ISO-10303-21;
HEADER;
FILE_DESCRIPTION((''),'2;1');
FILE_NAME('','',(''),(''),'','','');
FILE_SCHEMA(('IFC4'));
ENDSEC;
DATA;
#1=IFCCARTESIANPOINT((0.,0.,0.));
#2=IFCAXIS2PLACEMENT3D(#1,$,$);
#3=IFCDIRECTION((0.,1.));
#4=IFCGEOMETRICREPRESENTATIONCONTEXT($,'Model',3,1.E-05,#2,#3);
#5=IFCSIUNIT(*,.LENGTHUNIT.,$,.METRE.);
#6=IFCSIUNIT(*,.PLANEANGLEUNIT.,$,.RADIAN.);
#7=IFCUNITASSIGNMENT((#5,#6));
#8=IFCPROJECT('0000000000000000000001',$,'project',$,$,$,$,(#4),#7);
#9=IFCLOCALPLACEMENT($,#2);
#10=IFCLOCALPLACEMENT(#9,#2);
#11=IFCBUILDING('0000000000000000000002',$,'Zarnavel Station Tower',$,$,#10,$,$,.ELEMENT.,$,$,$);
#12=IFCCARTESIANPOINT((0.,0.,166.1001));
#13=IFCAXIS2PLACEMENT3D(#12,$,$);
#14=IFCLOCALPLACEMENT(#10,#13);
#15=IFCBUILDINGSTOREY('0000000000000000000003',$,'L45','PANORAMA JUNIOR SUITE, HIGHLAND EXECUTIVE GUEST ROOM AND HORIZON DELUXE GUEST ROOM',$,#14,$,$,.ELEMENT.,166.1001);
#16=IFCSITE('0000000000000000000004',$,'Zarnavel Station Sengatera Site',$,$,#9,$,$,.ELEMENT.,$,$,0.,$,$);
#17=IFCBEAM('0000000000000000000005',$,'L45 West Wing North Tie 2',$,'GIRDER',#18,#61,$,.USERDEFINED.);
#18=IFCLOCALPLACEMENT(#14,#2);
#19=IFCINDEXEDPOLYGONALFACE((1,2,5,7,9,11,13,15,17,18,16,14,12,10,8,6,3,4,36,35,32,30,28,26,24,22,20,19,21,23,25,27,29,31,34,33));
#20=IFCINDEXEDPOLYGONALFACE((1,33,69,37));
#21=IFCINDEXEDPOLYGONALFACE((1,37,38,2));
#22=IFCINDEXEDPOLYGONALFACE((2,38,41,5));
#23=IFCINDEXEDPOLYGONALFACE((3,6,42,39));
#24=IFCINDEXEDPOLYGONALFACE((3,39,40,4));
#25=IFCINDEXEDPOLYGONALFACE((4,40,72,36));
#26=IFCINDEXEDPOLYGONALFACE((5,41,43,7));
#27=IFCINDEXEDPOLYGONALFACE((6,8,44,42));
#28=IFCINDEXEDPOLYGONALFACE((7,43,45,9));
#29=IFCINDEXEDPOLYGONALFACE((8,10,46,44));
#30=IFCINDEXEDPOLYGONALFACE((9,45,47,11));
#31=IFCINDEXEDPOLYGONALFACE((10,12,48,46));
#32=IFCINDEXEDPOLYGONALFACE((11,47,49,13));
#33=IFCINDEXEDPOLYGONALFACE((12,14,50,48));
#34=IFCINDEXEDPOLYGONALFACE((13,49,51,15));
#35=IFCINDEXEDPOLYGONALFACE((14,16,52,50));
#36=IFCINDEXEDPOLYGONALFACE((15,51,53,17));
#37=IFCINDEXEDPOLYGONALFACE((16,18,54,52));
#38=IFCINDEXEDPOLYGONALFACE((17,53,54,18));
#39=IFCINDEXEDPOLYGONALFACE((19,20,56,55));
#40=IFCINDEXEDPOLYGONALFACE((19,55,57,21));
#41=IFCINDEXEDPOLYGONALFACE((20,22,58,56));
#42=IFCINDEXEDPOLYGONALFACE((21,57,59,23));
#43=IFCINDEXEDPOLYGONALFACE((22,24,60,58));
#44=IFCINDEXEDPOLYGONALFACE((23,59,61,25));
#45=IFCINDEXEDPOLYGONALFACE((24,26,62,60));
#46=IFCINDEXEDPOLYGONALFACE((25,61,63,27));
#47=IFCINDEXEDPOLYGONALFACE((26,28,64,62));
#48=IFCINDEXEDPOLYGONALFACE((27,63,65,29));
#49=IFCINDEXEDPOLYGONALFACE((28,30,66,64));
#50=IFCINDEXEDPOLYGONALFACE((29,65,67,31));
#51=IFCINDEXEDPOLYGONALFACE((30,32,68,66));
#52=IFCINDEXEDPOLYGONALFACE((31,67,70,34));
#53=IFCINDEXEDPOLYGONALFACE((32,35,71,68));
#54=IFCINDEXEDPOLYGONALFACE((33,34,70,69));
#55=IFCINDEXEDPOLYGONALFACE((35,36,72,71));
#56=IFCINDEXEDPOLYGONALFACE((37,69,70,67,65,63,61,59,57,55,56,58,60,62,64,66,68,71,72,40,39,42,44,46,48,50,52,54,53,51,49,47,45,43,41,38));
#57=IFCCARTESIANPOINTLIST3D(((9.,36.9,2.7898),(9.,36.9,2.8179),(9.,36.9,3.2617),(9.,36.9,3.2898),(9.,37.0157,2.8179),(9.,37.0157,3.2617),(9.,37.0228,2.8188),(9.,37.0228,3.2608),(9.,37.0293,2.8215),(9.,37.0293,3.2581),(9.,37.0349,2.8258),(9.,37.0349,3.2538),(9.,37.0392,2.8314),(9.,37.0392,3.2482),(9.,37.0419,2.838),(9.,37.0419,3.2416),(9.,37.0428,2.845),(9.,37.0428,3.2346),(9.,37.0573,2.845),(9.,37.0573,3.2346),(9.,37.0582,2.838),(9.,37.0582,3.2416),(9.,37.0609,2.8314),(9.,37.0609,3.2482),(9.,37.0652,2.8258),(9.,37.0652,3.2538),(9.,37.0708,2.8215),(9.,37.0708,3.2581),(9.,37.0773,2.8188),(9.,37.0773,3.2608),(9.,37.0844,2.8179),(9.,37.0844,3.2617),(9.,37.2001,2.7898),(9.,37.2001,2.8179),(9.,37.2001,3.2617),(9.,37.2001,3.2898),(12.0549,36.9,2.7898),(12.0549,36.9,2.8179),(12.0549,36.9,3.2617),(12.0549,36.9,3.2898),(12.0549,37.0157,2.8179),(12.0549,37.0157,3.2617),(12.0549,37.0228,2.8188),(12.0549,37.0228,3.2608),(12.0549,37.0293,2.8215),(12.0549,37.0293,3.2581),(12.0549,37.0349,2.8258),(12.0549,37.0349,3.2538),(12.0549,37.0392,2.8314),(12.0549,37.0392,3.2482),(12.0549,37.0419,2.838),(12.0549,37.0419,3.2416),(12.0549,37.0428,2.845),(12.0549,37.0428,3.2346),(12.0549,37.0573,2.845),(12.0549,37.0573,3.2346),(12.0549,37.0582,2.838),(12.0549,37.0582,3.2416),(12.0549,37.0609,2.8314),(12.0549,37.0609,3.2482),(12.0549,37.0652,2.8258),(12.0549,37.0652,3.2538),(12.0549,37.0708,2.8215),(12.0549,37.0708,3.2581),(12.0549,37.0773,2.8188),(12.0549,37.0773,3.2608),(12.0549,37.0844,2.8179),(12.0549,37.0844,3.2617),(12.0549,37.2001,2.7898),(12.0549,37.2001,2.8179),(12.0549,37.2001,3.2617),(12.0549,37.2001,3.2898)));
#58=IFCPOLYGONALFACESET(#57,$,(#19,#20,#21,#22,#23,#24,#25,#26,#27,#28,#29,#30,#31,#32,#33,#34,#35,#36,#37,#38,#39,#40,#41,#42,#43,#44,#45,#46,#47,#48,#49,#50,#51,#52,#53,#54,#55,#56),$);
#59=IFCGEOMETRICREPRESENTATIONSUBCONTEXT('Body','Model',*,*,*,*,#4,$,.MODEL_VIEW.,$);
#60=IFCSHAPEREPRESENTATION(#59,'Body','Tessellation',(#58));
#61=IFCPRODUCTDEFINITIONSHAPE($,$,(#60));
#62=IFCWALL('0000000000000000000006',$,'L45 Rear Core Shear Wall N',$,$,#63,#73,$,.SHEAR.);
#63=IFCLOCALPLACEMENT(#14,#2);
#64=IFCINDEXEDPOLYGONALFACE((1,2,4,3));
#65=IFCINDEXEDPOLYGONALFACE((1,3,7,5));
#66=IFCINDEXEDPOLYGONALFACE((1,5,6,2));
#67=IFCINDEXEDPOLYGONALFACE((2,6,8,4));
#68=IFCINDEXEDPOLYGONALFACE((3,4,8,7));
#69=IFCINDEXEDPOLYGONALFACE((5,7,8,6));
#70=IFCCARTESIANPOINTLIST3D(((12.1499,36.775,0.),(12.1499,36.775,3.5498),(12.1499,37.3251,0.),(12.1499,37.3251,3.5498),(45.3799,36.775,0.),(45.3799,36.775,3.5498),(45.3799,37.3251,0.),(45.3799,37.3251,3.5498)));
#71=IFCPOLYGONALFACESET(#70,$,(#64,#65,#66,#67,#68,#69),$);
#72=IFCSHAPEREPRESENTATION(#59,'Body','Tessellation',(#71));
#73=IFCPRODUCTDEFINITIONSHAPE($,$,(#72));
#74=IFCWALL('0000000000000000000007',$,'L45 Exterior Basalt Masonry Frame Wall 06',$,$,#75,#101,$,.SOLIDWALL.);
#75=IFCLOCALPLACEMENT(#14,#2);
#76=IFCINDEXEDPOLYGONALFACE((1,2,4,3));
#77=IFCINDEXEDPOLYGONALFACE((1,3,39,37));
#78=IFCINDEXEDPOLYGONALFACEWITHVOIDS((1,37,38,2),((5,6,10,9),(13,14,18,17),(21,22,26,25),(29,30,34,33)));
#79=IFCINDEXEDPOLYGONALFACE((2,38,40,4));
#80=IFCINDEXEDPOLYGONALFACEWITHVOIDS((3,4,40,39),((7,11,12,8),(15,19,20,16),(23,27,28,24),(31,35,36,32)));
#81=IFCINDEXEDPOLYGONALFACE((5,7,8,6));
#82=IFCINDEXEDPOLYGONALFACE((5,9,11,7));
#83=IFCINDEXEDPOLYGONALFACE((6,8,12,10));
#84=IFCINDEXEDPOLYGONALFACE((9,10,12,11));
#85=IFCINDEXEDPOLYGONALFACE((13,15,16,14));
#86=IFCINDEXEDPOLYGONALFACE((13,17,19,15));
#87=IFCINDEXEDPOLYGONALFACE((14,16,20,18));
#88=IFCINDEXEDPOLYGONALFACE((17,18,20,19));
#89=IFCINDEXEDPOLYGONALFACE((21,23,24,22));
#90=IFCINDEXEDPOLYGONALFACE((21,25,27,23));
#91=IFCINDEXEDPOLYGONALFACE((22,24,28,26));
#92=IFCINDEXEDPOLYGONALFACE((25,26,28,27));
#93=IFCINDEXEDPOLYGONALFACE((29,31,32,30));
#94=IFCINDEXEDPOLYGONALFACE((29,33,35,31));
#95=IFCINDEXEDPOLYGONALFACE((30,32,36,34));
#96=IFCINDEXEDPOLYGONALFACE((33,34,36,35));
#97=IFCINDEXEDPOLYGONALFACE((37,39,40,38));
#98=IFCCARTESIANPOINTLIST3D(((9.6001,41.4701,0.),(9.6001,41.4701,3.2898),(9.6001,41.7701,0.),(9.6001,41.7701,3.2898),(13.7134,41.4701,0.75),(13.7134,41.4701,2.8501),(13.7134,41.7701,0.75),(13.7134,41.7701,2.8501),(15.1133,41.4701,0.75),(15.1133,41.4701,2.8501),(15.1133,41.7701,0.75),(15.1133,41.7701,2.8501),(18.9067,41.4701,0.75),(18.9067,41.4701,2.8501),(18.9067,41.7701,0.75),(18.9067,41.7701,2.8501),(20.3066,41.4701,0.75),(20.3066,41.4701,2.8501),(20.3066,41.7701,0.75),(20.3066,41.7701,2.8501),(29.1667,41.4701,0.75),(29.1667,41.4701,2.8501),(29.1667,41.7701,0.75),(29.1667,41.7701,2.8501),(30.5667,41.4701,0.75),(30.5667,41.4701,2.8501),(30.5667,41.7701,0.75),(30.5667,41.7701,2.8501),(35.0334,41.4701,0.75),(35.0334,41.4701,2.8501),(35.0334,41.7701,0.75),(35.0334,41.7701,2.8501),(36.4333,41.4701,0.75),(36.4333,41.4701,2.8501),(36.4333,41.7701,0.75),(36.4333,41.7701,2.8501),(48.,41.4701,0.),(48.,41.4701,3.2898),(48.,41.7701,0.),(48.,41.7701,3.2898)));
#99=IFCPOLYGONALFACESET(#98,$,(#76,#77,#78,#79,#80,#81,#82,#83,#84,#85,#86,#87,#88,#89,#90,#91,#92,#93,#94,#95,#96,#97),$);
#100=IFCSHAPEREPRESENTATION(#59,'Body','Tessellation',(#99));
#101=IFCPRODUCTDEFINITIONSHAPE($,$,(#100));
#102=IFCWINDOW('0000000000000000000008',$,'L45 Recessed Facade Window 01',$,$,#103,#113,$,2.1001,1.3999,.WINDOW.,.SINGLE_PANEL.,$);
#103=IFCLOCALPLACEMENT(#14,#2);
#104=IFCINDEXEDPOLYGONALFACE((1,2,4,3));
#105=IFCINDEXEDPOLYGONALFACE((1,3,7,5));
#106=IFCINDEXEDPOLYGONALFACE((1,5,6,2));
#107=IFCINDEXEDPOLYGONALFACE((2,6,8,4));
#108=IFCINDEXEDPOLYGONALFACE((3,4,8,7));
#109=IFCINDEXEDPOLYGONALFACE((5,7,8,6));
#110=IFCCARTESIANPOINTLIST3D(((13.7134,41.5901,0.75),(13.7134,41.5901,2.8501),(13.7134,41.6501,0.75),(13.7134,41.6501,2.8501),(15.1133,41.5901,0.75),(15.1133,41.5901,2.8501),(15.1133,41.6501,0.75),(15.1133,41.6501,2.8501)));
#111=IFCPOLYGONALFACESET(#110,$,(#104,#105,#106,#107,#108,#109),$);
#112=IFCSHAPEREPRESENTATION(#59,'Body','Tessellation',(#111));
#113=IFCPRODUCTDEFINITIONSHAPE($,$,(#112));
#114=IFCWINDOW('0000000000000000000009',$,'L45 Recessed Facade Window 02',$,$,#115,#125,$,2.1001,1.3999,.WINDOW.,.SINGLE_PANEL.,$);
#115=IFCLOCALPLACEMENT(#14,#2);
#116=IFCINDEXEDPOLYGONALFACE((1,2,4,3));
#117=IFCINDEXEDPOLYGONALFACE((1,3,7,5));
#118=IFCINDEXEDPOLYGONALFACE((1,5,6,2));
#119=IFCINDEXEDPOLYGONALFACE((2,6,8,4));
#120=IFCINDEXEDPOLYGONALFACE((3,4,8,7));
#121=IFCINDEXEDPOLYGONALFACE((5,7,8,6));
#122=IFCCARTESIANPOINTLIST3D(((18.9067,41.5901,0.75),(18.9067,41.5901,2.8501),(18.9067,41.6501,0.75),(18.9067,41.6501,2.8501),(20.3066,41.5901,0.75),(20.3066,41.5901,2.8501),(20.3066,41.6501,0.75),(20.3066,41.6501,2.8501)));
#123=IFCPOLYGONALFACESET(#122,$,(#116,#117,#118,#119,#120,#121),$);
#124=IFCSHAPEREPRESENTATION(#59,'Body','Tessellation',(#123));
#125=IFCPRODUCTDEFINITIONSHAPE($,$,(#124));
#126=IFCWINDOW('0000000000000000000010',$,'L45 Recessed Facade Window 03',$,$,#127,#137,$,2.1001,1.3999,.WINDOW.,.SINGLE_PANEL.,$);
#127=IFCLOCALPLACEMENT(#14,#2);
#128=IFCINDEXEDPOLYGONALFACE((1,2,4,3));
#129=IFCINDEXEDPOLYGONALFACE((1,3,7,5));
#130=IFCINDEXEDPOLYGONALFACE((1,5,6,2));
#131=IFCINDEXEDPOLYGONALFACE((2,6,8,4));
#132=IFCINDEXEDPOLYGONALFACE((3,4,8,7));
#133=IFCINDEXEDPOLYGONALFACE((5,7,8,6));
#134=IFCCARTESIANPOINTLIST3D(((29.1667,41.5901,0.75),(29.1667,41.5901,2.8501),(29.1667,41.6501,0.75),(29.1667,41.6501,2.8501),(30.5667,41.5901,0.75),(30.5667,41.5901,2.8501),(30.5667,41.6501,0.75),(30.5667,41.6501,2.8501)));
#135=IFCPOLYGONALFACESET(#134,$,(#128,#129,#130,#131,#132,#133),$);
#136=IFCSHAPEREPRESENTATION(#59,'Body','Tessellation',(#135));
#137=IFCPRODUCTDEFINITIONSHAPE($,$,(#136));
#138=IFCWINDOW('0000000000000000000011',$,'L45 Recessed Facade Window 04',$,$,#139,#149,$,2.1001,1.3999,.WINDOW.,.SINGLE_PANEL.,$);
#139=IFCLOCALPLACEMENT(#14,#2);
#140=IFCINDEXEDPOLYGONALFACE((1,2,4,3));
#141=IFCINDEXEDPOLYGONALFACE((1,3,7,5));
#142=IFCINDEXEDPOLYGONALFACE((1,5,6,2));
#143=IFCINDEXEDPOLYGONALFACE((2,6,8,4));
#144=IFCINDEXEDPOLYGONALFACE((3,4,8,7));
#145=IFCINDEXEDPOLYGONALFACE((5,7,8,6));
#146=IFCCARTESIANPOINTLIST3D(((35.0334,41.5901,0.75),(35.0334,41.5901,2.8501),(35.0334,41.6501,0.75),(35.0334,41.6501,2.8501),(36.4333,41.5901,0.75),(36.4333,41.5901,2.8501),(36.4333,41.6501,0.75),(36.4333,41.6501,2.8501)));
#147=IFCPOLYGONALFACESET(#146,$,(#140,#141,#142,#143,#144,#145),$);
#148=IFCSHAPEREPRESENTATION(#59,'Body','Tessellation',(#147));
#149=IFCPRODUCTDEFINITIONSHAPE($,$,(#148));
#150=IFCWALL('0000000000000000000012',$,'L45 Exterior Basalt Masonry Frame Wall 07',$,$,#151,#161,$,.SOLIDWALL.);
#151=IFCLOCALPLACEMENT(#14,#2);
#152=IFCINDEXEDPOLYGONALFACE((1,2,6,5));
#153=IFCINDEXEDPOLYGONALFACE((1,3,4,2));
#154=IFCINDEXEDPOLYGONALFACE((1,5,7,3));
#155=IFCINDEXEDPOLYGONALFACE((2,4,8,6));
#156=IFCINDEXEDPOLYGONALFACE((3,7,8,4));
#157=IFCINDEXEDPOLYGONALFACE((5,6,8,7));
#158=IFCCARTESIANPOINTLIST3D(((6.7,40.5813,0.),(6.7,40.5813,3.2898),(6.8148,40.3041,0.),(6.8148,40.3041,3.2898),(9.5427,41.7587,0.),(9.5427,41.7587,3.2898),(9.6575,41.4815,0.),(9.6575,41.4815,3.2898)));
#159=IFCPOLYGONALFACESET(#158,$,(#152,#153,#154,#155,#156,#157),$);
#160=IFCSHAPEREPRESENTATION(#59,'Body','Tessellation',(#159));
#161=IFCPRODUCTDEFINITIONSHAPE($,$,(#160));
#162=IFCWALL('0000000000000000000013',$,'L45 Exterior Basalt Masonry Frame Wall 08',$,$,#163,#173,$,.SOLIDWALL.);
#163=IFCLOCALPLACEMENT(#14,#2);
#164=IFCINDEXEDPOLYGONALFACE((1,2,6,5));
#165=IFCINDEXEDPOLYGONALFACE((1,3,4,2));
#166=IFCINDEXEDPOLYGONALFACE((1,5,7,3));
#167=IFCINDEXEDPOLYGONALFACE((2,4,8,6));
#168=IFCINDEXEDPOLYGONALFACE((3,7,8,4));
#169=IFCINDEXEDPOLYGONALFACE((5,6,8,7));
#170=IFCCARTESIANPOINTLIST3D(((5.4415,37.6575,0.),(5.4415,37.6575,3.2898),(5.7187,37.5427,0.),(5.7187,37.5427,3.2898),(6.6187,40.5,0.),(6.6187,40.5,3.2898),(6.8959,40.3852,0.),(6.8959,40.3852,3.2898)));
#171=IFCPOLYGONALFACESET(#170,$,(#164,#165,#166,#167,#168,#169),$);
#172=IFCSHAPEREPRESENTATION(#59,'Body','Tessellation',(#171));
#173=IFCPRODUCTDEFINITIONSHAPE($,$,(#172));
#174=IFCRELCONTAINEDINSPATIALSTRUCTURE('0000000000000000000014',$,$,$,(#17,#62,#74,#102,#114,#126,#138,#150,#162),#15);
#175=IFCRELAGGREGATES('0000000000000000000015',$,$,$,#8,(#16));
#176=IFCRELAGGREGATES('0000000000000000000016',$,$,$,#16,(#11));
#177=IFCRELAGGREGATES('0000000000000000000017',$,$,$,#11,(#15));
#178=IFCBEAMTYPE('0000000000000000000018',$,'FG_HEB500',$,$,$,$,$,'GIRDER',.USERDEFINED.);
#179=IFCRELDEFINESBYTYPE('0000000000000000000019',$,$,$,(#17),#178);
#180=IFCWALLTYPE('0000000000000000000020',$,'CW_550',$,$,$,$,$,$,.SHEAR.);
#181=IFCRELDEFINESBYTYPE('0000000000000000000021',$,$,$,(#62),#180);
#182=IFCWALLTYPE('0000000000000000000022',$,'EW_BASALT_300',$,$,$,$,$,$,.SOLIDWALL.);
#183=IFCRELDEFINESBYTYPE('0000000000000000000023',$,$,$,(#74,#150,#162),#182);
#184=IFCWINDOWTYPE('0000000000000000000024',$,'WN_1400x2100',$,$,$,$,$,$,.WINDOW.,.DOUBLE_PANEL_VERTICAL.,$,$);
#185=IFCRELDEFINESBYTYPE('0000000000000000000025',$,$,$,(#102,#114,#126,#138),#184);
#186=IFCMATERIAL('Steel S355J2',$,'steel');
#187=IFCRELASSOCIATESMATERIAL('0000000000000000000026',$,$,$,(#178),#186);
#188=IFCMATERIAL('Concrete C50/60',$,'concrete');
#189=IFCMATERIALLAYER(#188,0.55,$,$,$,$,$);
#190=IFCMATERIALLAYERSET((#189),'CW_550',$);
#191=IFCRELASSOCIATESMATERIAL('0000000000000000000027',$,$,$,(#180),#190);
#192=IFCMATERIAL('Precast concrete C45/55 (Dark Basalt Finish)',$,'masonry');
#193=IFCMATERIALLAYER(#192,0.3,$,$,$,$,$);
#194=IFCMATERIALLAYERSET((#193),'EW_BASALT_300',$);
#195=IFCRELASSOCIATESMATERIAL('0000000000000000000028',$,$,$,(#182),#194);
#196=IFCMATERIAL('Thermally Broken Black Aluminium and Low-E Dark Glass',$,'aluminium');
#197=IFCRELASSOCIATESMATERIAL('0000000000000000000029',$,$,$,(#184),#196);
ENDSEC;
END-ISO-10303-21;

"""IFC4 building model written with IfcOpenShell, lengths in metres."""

from ifc_helpers import new_model, si_unit, direction, frame, frame_2d, origin, origin_2d, place, context, subcontext, project, spatial, rectangle, i_section, extrude, material, layer, layer_set, material_profile, profile_set, type_object, element, fill, save


model = new_model("IFC4")

# Units and contexts
model_context = context("Model", 3, precision=1e-05, world=origin(), true_north=direction((0.0, 1.0)))
body_context = subcontext(model_context, "Body", "Model", "MODEL_VIEW")
ifc_project = project(units=[si_unit("LENGTHUNIT", "METRE"), si_unit("PLANEANGLEUNIT", "RADIAN")], contexts=[model_context])

# Site, building, storey
site_placement = place(None, origin())
site = spatial("IfcSite", under=ifc_project, at=site_placement, Name="Zarnavel Station Sengatera Site", CompositionType="ELEMENT", RefElevation=0.0)
building_placement = place(site_placement, origin())
building = spatial("IfcBuilding", under=site, at=building_placement, Name="Zarnavel Station Tower", CompositionType="ELEMENT")
storey_placement = place(building_placement, frame((0.0, 0.0, 166.1001)))
storey = spatial("IfcBuildingStorey", under=building, at=storey_placement, Name="L45", Description="PANORAMA JUNIOR SUITE, HIGHLAND EXECUTIVE GUEST ROOM AND HORIZON DELUXE GUEST ROOM", CompositionType="ELEMENT", Elevation=166.1001)

# Beam
ifc_material_1 = material(Name="Steel S355J2", Category="steel")
ifc_material_profile_1 = material_profile(ifc_material_1, i_section(OverallWidth=0.3, OverallDepth=0.5, WebThickness=0.0144, FlangeThickness=0.0281, FilletRadius=0.0271, at=origin_2d()), Name="HEB500")
ifc_profile_set_1 = profile_set([ifc_material_profile_1], Name="Steel S355J2")
beam_type = type_object("IfcBeamType", Name="FG_HEB500", ElementType="GIRDER", PredefinedType="USERDEFINED", material=ifc_profile_set_1)
beam_1_placement = place(storey_placement, frame((9.0, 37.05, 3.0398), z_axis=(1.0, 0.0, 0.0), x_axis=(0.0, 1.0, 0.0)))
element("IfcBeam", 1, at=beam_1_placement, inside=storey, type_object=beam_type, Name="L45 West Wing North Tie 2", ObjectType="GIRDER", PredefinedType="USERDEFINED", context=body_context, shape_type="SweptSolid", body=[
    extrude(i_section(OverallWidth=0.3, OverallDepth=0.5, WebThickness=0.0144, FlangeThickness=0.0281, FilletRadius=0.0271, at=origin_2d()), origin(), (0.0, 0.0, 1.0), 3.0549),
])

# Wall
ifc_material_2 = material(Name="Concrete C50/60", Category="concrete")
ifc_layer_1 = layer(ifc_material_2, 0.55)
ifc_layer_set_1 = layer_set([ifc_layer_1], Name="CW_550")
wall_type_1 = type_object("IfcWallType", Name="CW_550", PredefinedType="SHEAR", material=ifc_layer_set_1)
wall_1_placement = place(storey_placement, frame((12.1499, 37.05, 0.0), z_axis=(0.0, 0.0, 1.0), x_axis=(1.0, 0.0, 0.0)))
element("IfcWall", 2, at=wall_1_placement, inside=storey, type_object=wall_type_1, Name="L45 Rear Core Shear Wall N", PredefinedType="SHEAR", context=body_context, shape_type="SweptSolid", body=[
    extrude(rectangle(XDim=33.23, YDim=0.55, at=frame_2d((16.615, 0.0))), origin(), (0.0, 0.0, 1.0), 3.5498),
])

# Wall, openings, windows
ifc_material_3 = material(Name="Precast concrete C45/55 (Dark Basalt Finish)", Category="masonry")
ifc_layer_2 = layer(ifc_material_3, 0.3)
ifc_layer_set_2 = layer_set([ifc_layer_2], Name="EW_BASALT_300")
wall_type_2 = type_object("IfcWallType", Name="EW_BASALT_300", PredefinedType="SOLIDWALL", material=ifc_layer_set_2)
wall_2_placement = place(storey_placement, frame((9.6001, 41.6201, 0.0), z_axis=(0.0, 0.0, 1.0), x_axis=(1.0, 0.0, 0.0)))
wall_2 = element("IfcWall", 3, at=wall_2_placement, inside=storey, type_object=wall_type_2, Name="L45 Exterior Basalt Masonry Frame Wall 06", PredefinedType="SOLIDWALL", context=body_context, shape_type="SweptSolid", body=[
    extrude(rectangle(XDim=38.3999, YDim=0.3, at=frame_2d((19.2, 0.0))), origin(), (0.0, 0.0, 1.0), 3.2898),
])
opening_1_placement = place(wall_2_placement, frame((4.1133, 0.0, 0.75)))
opening_1 = element("IfcOpeningElement", 4, at=opening_1_placement, cuts=wall_2, PredefinedType="OPENING", context=body_context, shape_type="SweptSolid", body=[
    extrude(rectangle(XDim=1.3999, YDim=2.1001, at=frame_2d((0.7, 1.05))), frame((0.0, 0.1599, 0.0), z_axis=(0.0, -1.0, 0.0), x_axis=(1.0, 0.0, 0.0)), (0.0, 0.0, 1.0), 0.3201),
])
opening_2_placement = place(wall_2_placement, frame((9.3066, 0.0, 0.75)))
opening_2 = element("IfcOpeningElement", 5, at=opening_2_placement, cuts=wall_2, PredefinedType="OPENING", context=body_context, shape_type="SweptSolid", body=[
    extrude(rectangle(XDim=1.3999, YDim=2.1001, at=frame_2d((0.7, 1.05))), frame((0.0, 0.1599, 0.0), z_axis=(0.0, -1.0, 0.0), x_axis=(1.0, 0.0, 0.0)), (0.0, 0.0, 1.0), 0.3201),
])
opening_3_placement = place(wall_2_placement, frame((19.5667, 0.0, 0.75)))
opening_3 = element("IfcOpeningElement", 6, at=opening_3_placement, cuts=wall_2, PredefinedType="OPENING", context=body_context, shape_type="SweptSolid", body=[
    extrude(rectangle(XDim=1.3999, YDim=2.1001, at=frame_2d((0.7, 1.05))), frame((0.0, 0.1599, 0.0), z_axis=(0.0, -1.0, 0.0), x_axis=(1.0, 0.0, 0.0)), (0.0, 0.0, 1.0), 0.3201),
])
opening_4_placement = place(wall_2_placement, frame((25.4333, 0.0, 0.75)))
opening_4 = element("IfcOpeningElement", 7, at=opening_4_placement, cuts=wall_2, PredefinedType="OPENING", context=body_context, shape_type="SweptSolid", body=[
    extrude(rectangle(XDim=1.3999, YDim=2.1001, at=frame_2d((0.7, 1.05))), frame((0.0, 0.1599, 0.0), z_axis=(0.0, -1.0, 0.0), x_axis=(1.0, 0.0, 0.0)), (0.0, 0.0, 1.0), 0.3201),
])
ifc_material_4 = material(Name="Thermally Broken Black Aluminium and Low-E Dark Glass", Category="aluminium")
window_type = type_object("IfcWindowType", Name="WN_1400x2100", PartitioningType="DOUBLE_PANEL_VERTICAL", PredefinedType="WINDOW", material=ifc_material_4)
window_1_placement = place(opening_1_placement, origin())
window_1 = element("IfcWindow", 8, at=window_1_placement, inside=storey, type_object=window_type, Name="L45 Recessed Facade Window 01", OverallHeight=2.1001, OverallWidth=1.3999, PartitioningType="SINGLE_PANEL", PredefinedType="WINDOW", context=body_context, shape_type="SweptSolid", body=[
    extrude(rectangle(XDim=1.3999, YDim=2.1001, at=frame_2d((0.7, 1.05))), frame((0.0, 0.03, 0.0), z_axis=(0.0, -1.0, 0.0), x_axis=(1.0, 0.0, 0.0)), (0.0, 0.0, 1.0), 0.0601),
])
fill(opening_1, window_1)
window_2_placement = place(opening_2_placement, origin())
window_2 = element("IfcWindow", 9, at=window_2_placement, inside=storey, type_object=window_type, Name="L45 Recessed Facade Window 02", OverallHeight=2.1001, OverallWidth=1.3999, PartitioningType="SINGLE_PANEL", PredefinedType="WINDOW", context=body_context, shape_type="SweptSolid", body=[
    extrude(rectangle(XDim=1.3999, YDim=2.1001, at=frame_2d((0.7, 1.05))), frame((0.0, 0.03, 0.0), z_axis=(0.0, -1.0, 0.0), x_axis=(1.0, 0.0, 0.0)), (0.0, 0.0, 1.0), 0.0601),
])
fill(opening_2, window_2)
window_3_placement = place(opening_3_placement, origin())
window_3 = element("IfcWindow", 10, at=window_3_placement, inside=storey, type_object=window_type, Name="L45 Recessed Facade Window 03", OverallHeight=2.1001, OverallWidth=1.3999, PartitioningType="SINGLE_PANEL", PredefinedType="WINDOW", context=body_context, shape_type="SweptSolid", body=[
    extrude(rectangle(XDim=1.3999, YDim=2.1001, at=frame_2d((0.7, 1.05))), frame((0.0, 0.03, 0.0), z_axis=(0.0, -1.0, 0.0), x_axis=(1.0, 0.0, 0.0)), (0.0, 0.0, 1.0), 0.0601),
])
fill(opening_3, window_3)
window_4_placement = place(opening_4_placement, origin())
window_4 = element("IfcWindow", 11, at=window_4_placement, inside=storey, type_object=window_type, Name="L45 Recessed Facade Window 04", OverallHeight=2.1001, OverallWidth=1.3999, PartitioningType="SINGLE_PANEL", PredefinedType="WINDOW", context=body_context, shape_type="SweptSolid", body=[
    extrude(rectangle(XDim=1.3999, YDim=2.1001, at=frame_2d((0.7, 1.05))), frame((0.0, 0.03, 0.0), z_axis=(0.0, -1.0, 0.0), x_axis=(1.0, 0.0, 0.0)), (0.0, 0.0, 1.0), 0.0601),
])
fill(opening_4, window_4)

# Walls
wall_3_placement = place(storey_placement, frame((6.7573, 40.4426, 0.0), z_axis=(0.0, 0.0, 1.0), x_axis=(0.923882, 0.382676, 0.0)))
element("IfcWall", 12, at=wall_3_placement, inside=storey, type_object=wall_type_2, Name="L45 Exterior Basalt Masonry Frame Wall 07", PredefinedType="SOLIDWALL", context=body_context, shape_type="SweptSolid", body=[
    extrude(rectangle(XDim=3.0769, YDim=0.3, at=frame_2d((1.5386, 0.0))), origin(), (0.0, 0.0, 1.0), 3.2898),
])
wall_4_placement = place(storey_placement, frame((5.5801, 37.6001, 0.0), z_axis=(0.0, 0.0, 1.0), x_axis=(0.382637, 0.923899, 0.0)))
element("IfcWall", 13, at=wall_4_placement, inside=storey, type_object=wall_type_2, Name="L45 Exterior Basalt Masonry Frame Wall 08", PredefinedType="SOLIDWALL", context=body_context, shape_type="SweptSolid", body=[
    extrude(rectangle(XDim=3.0767, YDim=0.3, at=frame_2d((1.5383, 0.0))), origin(), (0.0, 0.0, 1.0), 3.2898),
])

save(model, "model.ifc")
